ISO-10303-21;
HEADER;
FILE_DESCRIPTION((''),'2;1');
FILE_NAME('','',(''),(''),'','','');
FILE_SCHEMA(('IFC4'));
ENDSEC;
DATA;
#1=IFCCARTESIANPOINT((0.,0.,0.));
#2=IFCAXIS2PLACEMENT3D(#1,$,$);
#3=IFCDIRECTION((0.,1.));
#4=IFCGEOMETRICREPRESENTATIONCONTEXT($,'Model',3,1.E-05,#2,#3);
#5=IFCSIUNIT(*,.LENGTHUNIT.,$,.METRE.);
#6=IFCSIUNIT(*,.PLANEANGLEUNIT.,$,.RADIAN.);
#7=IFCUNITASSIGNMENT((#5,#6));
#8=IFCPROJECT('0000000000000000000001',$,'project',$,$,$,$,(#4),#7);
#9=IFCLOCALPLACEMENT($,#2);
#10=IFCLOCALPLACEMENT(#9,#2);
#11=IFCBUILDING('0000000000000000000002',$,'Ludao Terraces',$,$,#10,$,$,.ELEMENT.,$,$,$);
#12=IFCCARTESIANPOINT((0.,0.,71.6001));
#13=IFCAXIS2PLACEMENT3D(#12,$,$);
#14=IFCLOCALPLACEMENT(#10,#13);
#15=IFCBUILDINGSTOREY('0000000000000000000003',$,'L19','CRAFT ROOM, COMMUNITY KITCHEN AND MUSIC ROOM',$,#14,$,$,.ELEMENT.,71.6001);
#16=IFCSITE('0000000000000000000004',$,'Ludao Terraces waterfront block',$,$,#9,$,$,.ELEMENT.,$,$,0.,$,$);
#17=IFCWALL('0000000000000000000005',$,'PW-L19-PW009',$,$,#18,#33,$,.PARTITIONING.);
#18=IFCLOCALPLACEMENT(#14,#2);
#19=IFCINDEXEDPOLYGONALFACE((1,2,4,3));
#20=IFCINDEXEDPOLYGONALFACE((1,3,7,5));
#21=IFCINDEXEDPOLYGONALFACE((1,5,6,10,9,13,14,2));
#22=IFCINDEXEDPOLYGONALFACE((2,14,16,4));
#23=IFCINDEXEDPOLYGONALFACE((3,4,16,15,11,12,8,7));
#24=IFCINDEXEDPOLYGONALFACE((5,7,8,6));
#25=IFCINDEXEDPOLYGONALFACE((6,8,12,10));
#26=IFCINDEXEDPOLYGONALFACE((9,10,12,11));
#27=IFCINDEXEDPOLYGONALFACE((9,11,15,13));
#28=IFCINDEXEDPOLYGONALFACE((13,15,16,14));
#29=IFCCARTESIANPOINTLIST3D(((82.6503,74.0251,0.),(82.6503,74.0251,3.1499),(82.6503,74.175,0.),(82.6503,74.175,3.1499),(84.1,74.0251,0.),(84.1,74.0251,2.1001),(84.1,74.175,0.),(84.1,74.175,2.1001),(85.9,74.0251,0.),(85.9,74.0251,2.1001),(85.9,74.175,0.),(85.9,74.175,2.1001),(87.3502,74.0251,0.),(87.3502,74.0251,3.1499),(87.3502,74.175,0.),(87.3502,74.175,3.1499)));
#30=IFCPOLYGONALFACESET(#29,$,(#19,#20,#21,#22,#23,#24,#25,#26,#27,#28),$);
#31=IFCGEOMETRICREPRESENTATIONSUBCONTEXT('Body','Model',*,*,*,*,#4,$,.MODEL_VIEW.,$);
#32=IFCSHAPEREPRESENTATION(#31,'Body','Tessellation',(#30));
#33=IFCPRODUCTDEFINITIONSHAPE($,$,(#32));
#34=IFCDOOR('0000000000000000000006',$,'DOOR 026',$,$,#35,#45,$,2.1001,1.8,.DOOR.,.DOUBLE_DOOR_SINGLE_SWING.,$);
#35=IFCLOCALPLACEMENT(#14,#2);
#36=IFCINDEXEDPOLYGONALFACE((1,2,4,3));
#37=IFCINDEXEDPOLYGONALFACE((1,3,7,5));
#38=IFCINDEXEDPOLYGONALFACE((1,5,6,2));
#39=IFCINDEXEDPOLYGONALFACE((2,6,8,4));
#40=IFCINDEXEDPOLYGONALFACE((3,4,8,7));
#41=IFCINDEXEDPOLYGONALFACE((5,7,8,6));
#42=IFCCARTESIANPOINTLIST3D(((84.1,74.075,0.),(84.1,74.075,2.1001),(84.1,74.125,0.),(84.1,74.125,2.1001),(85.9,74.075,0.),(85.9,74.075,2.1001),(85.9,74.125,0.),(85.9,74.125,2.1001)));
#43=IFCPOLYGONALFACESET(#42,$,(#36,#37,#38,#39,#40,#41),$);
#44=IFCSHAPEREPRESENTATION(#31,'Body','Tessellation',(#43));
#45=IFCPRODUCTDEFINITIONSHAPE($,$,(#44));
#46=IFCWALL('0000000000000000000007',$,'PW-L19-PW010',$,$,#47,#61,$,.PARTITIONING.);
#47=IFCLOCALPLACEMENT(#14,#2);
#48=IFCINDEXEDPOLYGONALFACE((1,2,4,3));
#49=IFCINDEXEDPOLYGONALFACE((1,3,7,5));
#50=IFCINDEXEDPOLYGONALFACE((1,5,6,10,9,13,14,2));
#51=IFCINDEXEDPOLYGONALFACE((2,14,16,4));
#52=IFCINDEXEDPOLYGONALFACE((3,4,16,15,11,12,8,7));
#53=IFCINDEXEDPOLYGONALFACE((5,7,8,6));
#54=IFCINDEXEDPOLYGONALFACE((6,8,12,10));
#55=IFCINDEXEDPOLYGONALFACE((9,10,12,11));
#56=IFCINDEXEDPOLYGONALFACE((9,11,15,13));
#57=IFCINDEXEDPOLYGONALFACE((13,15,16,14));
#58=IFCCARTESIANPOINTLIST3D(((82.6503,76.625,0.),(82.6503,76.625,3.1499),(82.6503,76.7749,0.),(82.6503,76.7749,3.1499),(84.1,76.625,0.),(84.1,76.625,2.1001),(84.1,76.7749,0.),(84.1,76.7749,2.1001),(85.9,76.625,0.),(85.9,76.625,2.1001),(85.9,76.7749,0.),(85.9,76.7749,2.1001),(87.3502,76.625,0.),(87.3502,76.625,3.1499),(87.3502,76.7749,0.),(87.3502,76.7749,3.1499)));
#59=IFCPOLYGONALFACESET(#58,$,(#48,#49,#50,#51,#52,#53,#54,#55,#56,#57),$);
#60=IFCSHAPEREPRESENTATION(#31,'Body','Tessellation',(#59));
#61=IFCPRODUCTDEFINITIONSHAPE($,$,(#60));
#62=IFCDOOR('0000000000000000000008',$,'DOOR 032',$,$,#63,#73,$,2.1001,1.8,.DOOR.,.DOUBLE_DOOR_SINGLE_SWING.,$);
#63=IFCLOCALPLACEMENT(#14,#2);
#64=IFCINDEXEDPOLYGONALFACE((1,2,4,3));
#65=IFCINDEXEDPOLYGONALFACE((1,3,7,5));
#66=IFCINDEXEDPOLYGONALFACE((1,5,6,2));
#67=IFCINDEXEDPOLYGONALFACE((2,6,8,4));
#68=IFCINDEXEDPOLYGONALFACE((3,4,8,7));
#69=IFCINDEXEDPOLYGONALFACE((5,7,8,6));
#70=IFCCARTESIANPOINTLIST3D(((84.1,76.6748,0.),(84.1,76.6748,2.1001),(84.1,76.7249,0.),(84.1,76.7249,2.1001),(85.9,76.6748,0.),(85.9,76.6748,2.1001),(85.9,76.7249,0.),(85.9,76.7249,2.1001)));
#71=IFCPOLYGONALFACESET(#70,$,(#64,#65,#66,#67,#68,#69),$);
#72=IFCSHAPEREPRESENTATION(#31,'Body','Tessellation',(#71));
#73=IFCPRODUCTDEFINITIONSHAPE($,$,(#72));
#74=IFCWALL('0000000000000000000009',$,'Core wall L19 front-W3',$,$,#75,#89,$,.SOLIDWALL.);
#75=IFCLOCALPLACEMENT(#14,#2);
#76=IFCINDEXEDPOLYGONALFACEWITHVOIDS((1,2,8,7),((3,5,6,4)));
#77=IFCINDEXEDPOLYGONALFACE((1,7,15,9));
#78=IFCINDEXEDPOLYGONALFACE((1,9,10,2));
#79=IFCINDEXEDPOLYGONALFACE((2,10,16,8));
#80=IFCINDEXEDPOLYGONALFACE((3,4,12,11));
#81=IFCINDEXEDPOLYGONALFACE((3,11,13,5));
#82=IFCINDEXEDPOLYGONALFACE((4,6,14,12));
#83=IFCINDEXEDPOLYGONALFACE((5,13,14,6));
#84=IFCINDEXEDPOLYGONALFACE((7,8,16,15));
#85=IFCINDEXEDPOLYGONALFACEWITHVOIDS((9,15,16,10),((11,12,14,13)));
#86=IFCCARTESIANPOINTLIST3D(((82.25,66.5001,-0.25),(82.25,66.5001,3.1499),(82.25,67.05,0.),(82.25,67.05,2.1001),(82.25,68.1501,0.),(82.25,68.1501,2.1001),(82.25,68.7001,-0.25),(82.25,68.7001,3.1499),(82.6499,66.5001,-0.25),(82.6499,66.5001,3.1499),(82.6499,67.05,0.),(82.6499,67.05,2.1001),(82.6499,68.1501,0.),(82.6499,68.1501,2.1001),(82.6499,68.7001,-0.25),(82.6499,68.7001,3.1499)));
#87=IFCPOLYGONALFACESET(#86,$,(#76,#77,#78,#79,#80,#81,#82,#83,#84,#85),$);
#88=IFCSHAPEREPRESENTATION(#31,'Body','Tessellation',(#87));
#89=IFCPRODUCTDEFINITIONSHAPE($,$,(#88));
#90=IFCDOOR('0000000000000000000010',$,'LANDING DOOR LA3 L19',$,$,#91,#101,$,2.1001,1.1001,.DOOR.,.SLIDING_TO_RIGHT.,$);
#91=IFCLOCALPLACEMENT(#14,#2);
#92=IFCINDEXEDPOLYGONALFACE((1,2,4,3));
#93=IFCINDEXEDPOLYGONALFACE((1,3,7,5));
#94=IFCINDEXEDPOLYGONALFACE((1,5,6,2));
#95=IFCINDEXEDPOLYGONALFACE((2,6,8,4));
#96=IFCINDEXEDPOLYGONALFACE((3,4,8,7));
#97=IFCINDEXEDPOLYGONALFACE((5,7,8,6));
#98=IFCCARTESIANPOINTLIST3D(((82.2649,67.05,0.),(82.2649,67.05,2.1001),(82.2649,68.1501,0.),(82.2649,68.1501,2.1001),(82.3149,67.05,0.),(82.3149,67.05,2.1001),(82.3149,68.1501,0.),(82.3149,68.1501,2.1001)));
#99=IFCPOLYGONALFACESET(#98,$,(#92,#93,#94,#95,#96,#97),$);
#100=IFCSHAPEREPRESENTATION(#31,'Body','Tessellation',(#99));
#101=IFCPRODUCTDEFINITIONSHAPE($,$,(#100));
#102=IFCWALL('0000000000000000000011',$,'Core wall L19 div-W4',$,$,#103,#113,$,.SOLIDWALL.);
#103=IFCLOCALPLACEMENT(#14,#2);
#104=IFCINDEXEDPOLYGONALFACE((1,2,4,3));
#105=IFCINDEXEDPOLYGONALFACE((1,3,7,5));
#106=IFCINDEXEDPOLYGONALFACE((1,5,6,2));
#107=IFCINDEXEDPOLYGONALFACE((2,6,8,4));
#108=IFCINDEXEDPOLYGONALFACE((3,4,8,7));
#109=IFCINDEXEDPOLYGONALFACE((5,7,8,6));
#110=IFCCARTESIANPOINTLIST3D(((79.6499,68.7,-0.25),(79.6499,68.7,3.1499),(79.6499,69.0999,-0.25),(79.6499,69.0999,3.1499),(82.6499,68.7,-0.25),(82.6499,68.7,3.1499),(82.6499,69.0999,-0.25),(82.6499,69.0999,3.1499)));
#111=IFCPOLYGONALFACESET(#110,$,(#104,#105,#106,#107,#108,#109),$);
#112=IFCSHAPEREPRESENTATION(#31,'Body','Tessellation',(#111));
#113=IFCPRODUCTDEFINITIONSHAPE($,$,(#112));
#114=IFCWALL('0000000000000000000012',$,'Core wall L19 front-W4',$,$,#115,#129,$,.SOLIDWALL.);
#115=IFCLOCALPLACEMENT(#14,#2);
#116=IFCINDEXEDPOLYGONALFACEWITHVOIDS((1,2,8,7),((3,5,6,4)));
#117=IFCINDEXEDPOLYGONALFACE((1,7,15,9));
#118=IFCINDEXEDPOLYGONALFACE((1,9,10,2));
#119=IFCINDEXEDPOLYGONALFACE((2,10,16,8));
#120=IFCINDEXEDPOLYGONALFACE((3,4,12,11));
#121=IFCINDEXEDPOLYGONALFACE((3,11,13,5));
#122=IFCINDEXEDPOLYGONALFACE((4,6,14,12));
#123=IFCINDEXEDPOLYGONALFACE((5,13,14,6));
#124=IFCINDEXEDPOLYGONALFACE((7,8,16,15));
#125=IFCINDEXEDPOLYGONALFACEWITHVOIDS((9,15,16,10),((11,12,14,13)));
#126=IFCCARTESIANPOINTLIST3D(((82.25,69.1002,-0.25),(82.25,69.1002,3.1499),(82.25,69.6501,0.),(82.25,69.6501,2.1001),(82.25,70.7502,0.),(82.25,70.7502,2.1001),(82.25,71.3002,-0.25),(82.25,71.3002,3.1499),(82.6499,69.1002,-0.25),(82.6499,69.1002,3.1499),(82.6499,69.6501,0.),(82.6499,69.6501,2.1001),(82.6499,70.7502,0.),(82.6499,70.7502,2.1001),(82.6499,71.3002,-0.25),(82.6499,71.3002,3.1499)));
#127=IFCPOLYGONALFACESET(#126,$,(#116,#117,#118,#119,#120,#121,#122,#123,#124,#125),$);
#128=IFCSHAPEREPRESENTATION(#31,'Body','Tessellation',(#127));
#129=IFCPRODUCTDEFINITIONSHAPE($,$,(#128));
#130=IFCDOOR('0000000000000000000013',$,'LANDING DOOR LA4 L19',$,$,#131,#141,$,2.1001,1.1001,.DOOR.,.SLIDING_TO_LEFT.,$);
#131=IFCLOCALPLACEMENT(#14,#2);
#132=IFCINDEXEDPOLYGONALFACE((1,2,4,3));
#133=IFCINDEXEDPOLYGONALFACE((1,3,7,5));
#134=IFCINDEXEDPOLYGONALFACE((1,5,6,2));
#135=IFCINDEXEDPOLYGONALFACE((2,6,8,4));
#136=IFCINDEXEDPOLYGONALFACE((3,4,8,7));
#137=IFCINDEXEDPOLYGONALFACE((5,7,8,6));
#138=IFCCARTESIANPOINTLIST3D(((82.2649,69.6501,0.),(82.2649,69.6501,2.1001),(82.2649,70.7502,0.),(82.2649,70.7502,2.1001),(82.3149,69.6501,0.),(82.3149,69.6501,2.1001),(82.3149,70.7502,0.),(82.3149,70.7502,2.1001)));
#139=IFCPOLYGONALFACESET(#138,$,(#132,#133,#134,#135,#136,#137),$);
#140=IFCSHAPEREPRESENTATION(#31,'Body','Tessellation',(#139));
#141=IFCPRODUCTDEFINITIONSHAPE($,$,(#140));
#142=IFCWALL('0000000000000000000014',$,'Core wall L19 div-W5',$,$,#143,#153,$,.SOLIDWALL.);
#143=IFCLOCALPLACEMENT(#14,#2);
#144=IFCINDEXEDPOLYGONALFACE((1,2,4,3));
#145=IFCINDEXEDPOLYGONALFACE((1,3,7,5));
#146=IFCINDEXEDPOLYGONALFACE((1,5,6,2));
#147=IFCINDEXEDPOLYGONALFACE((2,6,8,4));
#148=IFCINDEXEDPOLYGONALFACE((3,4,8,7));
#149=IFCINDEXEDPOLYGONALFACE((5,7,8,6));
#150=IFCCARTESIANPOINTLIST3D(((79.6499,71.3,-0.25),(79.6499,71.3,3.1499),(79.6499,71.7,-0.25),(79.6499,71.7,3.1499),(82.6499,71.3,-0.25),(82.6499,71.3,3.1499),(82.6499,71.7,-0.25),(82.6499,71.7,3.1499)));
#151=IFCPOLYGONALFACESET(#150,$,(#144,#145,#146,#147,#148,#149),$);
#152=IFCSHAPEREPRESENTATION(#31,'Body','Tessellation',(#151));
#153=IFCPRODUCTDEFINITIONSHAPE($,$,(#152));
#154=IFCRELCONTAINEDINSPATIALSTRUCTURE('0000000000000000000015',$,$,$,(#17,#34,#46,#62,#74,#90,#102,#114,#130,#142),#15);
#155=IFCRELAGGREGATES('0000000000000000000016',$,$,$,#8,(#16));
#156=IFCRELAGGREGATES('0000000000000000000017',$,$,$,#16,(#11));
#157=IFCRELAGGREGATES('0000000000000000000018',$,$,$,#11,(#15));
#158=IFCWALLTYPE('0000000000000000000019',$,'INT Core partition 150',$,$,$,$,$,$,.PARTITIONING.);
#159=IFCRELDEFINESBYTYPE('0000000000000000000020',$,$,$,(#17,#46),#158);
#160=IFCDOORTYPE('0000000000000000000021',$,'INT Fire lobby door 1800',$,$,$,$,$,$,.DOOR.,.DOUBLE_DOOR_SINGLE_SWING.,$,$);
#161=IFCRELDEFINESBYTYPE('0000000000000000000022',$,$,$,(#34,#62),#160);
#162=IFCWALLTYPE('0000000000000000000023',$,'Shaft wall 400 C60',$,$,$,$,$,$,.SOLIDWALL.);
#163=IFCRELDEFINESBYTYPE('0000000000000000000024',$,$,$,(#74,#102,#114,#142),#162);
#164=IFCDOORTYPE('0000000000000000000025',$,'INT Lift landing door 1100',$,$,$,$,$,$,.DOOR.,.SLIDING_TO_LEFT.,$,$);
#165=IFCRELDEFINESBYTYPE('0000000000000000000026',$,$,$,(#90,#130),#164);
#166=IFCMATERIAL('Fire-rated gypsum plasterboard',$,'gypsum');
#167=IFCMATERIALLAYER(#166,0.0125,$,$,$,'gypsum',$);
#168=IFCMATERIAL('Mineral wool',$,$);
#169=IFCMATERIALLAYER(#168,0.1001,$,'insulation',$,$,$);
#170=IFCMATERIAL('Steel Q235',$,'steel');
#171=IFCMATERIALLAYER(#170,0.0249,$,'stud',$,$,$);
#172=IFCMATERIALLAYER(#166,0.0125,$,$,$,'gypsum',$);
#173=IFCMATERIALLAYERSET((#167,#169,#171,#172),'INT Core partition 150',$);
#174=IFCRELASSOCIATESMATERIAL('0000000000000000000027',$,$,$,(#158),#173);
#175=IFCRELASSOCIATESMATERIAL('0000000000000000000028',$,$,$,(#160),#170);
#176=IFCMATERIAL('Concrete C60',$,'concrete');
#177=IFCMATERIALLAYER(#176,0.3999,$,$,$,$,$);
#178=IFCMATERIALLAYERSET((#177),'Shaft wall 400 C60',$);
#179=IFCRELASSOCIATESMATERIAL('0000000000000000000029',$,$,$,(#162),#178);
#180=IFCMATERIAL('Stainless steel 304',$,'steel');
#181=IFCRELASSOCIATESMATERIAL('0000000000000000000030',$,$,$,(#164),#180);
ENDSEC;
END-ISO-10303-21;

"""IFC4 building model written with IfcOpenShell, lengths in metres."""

from ifc_helpers import new_model, si_unit, direction, frame, frame_2d, origin, place, context, subcontext, project, spatial, rectangle, extrude, material, layer, layer_set, type_object, element, fill, save


model = new_model("IFC4")

# Units and contexts
model_context = context("Model", 3, precision=1e-05, world=origin(), true_north=direction((0.0, 1.0)))
body_context = subcontext(model_context, "Body", "Model", "MODEL_VIEW")
ifc_project = project(units=[si_unit("LENGTHUNIT", "METRE"), si_unit("PLANEANGLEUNIT", "RADIAN")], contexts=[model_context])

# Site, building, storey
site_placement = place(None, origin())
site = spatial("IfcSite", under=ifc_project, at=site_placement, Name="Ludao Terraces waterfront block", CompositionType="ELEMENT", RefElevation=0.0)
building_placement = place(site_placement, origin())
building = spatial("IfcBuilding", under=site, at=building_placement, Name="Ludao Terraces", CompositionType="ELEMENT")
storey_placement = place(building_placement, frame((0.0, 0.0, 71.6001)))
storey = spatial("IfcBuildingStorey", under=building, at=storey_placement, Name="L19", Description="CRAFT ROOM, COMMUNITY KITCHEN AND MUSIC ROOM", CompositionType="ELEMENT", Elevation=71.6001)

# Walls, openings, doors
ifc_material_1 = material(Name="Fire-rated gypsum plasterboard", Category="gypsum")
ifc_layer_1 = layer(ifc_material_1, 0.0125, Category="gypsum")
ifc_material_2 = material(Name="Mineral wool")
ifc_layer_2 = layer(ifc_material_2, 0.1001, Name="insulation")
ifc_material_3 = material(Name="Steel Q235", Category="steel")
ifc_layer_3 = layer(ifc_material_3, 0.0249, Name="stud")
ifc_layer_4 = layer(ifc_material_1, 0.0125, Category="gypsum")
ifc_layer_set_1 = layer_set([ifc_layer_1, ifc_layer_2, ifc_layer_3, ifc_layer_4], Name="INT Core partition 150")
wall_type_1 = type_object("IfcWallType", Name="INT Core partition 150", PredefinedType="PARTITIONING", material=ifc_layer_set_1)
wall_1_placement = place(storey_placement, frame((82.6501, 74.1001, 0.0), z_axis=(0.0, 0.0, 1.0), x_axis=(1.0, 0.0, 0.0)))
wall_1 = element("IfcWall", 1, at=wall_1_placement, inside=storey, type_object=wall_type_1, Name="PW-L19-PW009", PredefinedType="PARTITIONING", context=body_context, shape_type="SweptSolid", body=[
    extrude(rectangle(XDim=4.7, YDim=0.1499, at=frame_2d((2.3501, 0.0))), origin(), (0.0, 0.0, 1.0), 3.1499),
])
opening_1_placement = place(wall_1_placement, frame((1.45, 0.0, 0.0)))
opening_1 = element("IfcOpeningElement", 2, at=opening_1_placement, cuts=wall_1, PredefinedType="OPENING", context=body_context, shape_type="SweptSolid", body=[
    extrude(rectangle(XDim=1.8, YDim=2.1001, at=frame_2d((0.8999, 1.05))), frame((0.0, 0.085, 0.0), z_axis=(0.0, -1.0, 0.0), x_axis=(1.0, 0.0, 0.0)), (0.0, 0.0, 1.0), 0.1699),
])
door_type_1 = type_object("IfcDoorType", Name="INT Fire lobby door 1800", OperationType="DOUBLE_DOOR_SINGLE_SWING", PredefinedType="DOOR", material=ifc_material_3)
door_1_placement = place(opening_1_placement, origin())
door_1 = element("IfcDoor", 3, at=door_1_placement, inside=storey, type_object=door_type_1, Name="DOOR 026", OperationType="DOUBLE_DOOR_SINGLE_SWING", OverallHeight=2.1001, OverallWidth=1.8, PredefinedType="DOOR", context=body_context, shape_type="SweptSolid", body=[
    extrude(rectangle(XDim=1.8, YDim=2.1001, at=frame_2d((0.8999, 1.05))), frame((0.0, 0.0249, 0.0), z_axis=(0.0, -1.0, 0.0), x_axis=(1.0, 0.0, 0.0)), (0.0, 0.0, 1.0), 0.05),
])
fill(opening_1, door_1)
wall_2_placement = place(storey_placement, frame((82.6501, 76.7, 0.0), z_axis=(0.0, 0.0, 1.0), x_axis=(1.0, 0.0, 0.0)))
wall_2 = element("IfcWall", 4, at=wall_2_placement, inside=storey, type_object=wall_type_1, Name="PW-L19-PW010", PredefinedType="PARTITIONING", context=body_context, shape_type="SweptSolid", body=[
    extrude(rectangle(XDim=4.7, YDim=0.1499, at=frame_2d((2.3501, 0.0))), origin(), (0.0, 0.0, 1.0), 3.1499),
])
opening_2_placement = place(wall_2_placement, frame((1.45, 0.0, 0.0)))
opening_2 = element("IfcOpeningElement", 5, at=opening_2_placement, cuts=wall_2, PredefinedType="OPENING", context=body_context, shape_type="SweptSolid", body=[
    extrude(rectangle(XDim=1.8, YDim=2.1001, at=frame_2d((0.8999, 1.05))), frame((0.0, 0.085, 0.0), z_axis=(0.0, -1.0, 0.0), x_axis=(1.0, 0.0, 0.0)), (0.0, 0.0, 1.0), 0.1699),
])
door_2_placement = place(opening_2_placement, origin())
door_2 = element("IfcDoor", 6, at=door_2_placement, inside=storey, type_object=door_type_1, Name="DOOR 032", OperationType="DOUBLE_DOOR_SINGLE_SWING", OverallHeight=2.1001, OverallWidth=1.8, PredefinedType="DOOR", context=body_context, shape_type="SweptSolid", body=[
    extrude(rectangle(XDim=1.8, YDim=2.1001, at=frame_2d((0.8999, 1.05))), frame((0.0, 0.0249, 0.0), z_axis=(0.0, -1.0, 0.0), x_axis=(1.0, 0.0, 0.0)), (0.0, 0.0, 1.0), 0.05),
])
fill(opening_2, door_2)
ifc_material_4 = material(Name="Concrete C60", Category="concrete")
ifc_layer_5 = layer(ifc_material_4, 0.3999)
ifc_layer_set_2 = layer_set([ifc_layer_5], Name="Shaft wall 400 C60")
wall_type_2 = type_object("IfcWallType", Name="Shaft wall 400 C60", PredefinedType="SOLIDWALL", material=ifc_layer_set_2)
wall_3_placement = place(storey_placement, frame((82.45, 66.5, -0.25), z_axis=(0.0, 0.0, 1.0), x_axis=(0.0, 1.0, 0.0)))
wall_3 = element("IfcWall", 7, at=wall_3_placement, inside=storey, type_object=wall_type_2, Name="Core wall L19 front-W3", PredefinedType="SOLIDWALL", context=body_context, shape_type="SweptSolid", body=[
    extrude(rectangle(XDim=2.2, YDim=0.3999, at=frame_2d((1.1001, 0.0))), origin(), (0.0, 0.0, 1.0), 3.3999),
])
opening_3_placement = place(wall_3_placement, frame((0.55, 0.0, 0.25)))
opening_3 = element("IfcOpeningElement", 8, at=opening_3_placement, cuts=wall_3, PredefinedType="OPENING", context=body_context, shape_type="SweptSolid", body=[
    extrude(rectangle(XDim=1.1001, YDim=2.1001, at=frame_2d((0.55, 1.05))), frame((0.0, 0.21, 0.0), z_axis=(0.0, -1.0, 0.0), x_axis=(1.0, 0.0, 0.0)), (0.0, 0.0, 1.0), 0.4199),
])
ifc_material_5 = material(Name="Stainless steel 304", Category="steel")
door_type_2 = type_object("IfcDoorType", Name="INT Lift landing door 1100", OperationType="SLIDING_TO_LEFT", PredefinedType="DOOR", material=ifc_material_5)
door_3_placement = place(opening_3_placement, origin())
door_3 = element("IfcDoor", 9, at=door_3_placement, inside=storey, type_object=door_type_2, Name="LANDING DOOR LA3 L19", OperationType="SLIDING_TO_RIGHT", OverallHeight=2.1001, OverallWidth=1.1001, PredefinedType="DOOR", context=body_context, shape_type="SweptSolid", body=[
    extrude(rectangle(XDim=1.1001, YDim=2.1001, at=frame_2d((0.55, 1.05))), frame((0.0, 0.1851, 0.0), z_axis=(0.0, -1.0, 0.0), x_axis=(1.0, 0.0, 0.0)), (0.0, 0.0, 1.0), 0.05),
])
fill(opening_3, door_3)

# Wall
wall_4_placement = place(storey_placement, frame((79.6499, 68.8999, -0.25), z_axis=(0.0, 0.0, 1.0), x_axis=(1.0, 0.0, 0.0)))
element("IfcWall", 10, at=wall_4_placement, inside=storey, type_object=wall_type_2, Name="Core wall L19 div-W4", PredefinedType="SOLIDWALL", context=body_context, shape_type="SweptSolid", body=[
    extrude(rectangle(XDim=3.0, YDim=0.3999, at=frame_2d((1.5, 0.0))), origin(), (0.0, 0.0, 1.0), 3.3999),
])

# Wall, opening, door
wall_5_placement = place(storey_placement, frame((82.45, 69.1001, -0.25), z_axis=(0.0, 0.0, 1.0), x_axis=(0.0, 1.0, 0.0)))
wall_5 = element("IfcWall", 11, at=wall_5_placement, inside=storey, type_object=wall_type_2, Name="Core wall L19 front-W4", PredefinedType="SOLIDWALL", context=body_context, shape_type="SweptSolid", body=[
    extrude(rectangle(XDim=2.2, YDim=0.3999, at=frame_2d((1.1001, 0.0))), origin(), (0.0, 0.0, 1.0), 3.3999),
])
opening_4_placement = place(wall_5_placement, frame((0.55, 0.0, 0.25)))
opening_4 = element("IfcOpeningElement", 12, at=opening_4_placement, cuts=wall_5, PredefinedType="OPENING", context=body_context, shape_type="SweptSolid", body=[
    extrude(rectangle(XDim=1.1001, YDim=2.1001, at=frame_2d((0.55, 1.05))), frame((0.0, 0.21, 0.0), z_axis=(0.0, -1.0, 0.0), x_axis=(1.0, 0.0, 0.0)), (0.0, 0.0, 1.0), 0.4199),
])
door_4_placement = place(opening_4_placement, origin())
door_4 = element("IfcDoor", 13, at=door_4_placement, inside=storey, type_object=door_type_2, Name="LANDING DOOR LA4 L19", OperationType="SLIDING_TO_LEFT", OverallHeight=2.1001, OverallWidth=1.1001, PredefinedType="DOOR", context=body_context, shape_type="SweptSolid", body=[
    extrude(rectangle(XDim=1.1001, YDim=2.1001, at=frame_2d((0.55, 1.05))), frame((0.0, 0.1851, 0.0), z_axis=(0.0, -1.0, 0.0), x_axis=(1.0, 0.0, 0.0)), (0.0, 0.0, 1.0), 0.05),
])
fill(opening_4, door_4)

# Wall
wall_6_placement = place(storey_placement, frame((79.6499, 71.5, -0.25), z_axis=(0.0, 0.0, 1.0), x_axis=(1.0, 0.0, 0.0)))
element("IfcWall", 14, at=wall_6_placement, inside=storey, type_object=wall_type_2, Name="Core wall L19 div-W5", PredefinedType="SOLIDWALL", context=body_context, shape_type="SweptSolid", body=[
    extrude(rectangle(XDim=3.0, YDim=0.3999, at=frame_2d((1.5, 0.0))), origin(), (0.0, 0.0, 1.0), 3.3999),
])

save(model, "model.ifc")
